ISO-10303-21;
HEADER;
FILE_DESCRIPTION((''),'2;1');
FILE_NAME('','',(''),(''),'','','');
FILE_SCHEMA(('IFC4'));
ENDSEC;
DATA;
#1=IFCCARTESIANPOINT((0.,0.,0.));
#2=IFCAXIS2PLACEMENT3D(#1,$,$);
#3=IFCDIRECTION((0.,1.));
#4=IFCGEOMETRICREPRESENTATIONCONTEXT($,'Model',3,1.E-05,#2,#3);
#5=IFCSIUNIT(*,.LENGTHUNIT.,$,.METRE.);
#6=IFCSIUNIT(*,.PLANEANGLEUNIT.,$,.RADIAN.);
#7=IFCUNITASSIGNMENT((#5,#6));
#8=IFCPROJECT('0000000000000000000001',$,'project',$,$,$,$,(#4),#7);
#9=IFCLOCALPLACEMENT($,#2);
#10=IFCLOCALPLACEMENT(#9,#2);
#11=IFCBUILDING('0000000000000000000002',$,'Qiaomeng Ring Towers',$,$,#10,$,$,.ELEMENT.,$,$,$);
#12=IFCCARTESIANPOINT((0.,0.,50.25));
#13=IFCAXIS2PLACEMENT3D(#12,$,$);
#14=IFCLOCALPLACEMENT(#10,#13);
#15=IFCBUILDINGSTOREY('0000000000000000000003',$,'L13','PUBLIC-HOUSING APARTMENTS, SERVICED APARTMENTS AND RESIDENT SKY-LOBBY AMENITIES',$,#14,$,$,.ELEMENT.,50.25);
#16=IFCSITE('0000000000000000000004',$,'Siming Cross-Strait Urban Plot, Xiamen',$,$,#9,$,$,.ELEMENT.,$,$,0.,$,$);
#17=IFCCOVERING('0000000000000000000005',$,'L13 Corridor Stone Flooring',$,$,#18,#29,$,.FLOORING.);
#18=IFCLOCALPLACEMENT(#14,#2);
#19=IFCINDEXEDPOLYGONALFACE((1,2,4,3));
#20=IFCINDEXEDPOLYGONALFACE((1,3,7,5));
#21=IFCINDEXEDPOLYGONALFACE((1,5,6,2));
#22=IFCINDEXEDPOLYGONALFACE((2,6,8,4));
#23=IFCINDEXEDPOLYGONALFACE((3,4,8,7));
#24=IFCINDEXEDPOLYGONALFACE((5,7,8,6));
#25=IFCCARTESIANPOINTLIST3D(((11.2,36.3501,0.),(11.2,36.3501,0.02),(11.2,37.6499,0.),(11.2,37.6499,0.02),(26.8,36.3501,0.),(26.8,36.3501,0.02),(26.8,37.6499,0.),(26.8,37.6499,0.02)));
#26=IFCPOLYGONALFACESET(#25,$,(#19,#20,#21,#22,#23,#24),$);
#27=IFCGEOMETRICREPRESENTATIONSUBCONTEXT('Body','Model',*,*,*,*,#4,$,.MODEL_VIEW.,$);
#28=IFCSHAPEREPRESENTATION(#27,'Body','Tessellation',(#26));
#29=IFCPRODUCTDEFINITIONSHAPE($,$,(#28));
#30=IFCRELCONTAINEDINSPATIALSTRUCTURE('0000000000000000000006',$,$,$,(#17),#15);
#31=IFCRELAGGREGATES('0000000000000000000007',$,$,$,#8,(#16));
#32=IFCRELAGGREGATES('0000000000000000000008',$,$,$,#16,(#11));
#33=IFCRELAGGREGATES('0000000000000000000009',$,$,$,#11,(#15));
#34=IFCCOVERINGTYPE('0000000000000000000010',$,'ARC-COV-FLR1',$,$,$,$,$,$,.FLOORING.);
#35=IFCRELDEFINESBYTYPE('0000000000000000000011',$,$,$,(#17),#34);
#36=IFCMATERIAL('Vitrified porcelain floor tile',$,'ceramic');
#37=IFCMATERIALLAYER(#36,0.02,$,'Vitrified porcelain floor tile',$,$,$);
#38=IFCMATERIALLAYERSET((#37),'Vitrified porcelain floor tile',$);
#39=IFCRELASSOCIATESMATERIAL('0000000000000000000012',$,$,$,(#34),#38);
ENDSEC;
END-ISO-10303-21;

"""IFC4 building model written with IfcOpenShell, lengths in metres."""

from ifc_helpers import new_model, si_unit, direction, frame, origin, place, context, subcontext, project, spatial, polyline, outline, extrude, material, layer, layer_set, type_object, element, save


model = new_model("IFC4")

# Units and contexts
model_context = context("Model", 3, precision=1e-05, world=origin(), true_north=direction((0.0, 1.0)))
body_context = subcontext(model_context, "Body", "Model", "MODEL_VIEW")
ifc_project = project(units=[si_unit("LENGTHUNIT", "METRE"), si_unit("PLANEANGLEUNIT", "RADIAN")], contexts=[model_context])

# Site, building, storey
site_placement = place(None, origin())
site = spatial("IfcSite", under=ifc_project, at=site_placement, Name="Siming Cross-Strait Urban Plot, Xiamen", CompositionType="ELEMENT", RefElevation=0.0)
building_placement = place(site_placement, origin())
building = spatial("IfcBuilding", under=site, at=building_placement, Name="Qiaomeng Ring Towers", CompositionType="ELEMENT")
storey_placement = place(building_placement, frame((0.0, 0.0, 50.25)))
storey = spatial("IfcBuildingStorey", under=building, at=storey_placement, Name="L13", Description="PUBLIC-HOUSING APARTMENTS, SERVICED APARTMENTS AND RESIDENT SKY-LOBBY AMENITIES", CompositionType="ELEMENT", Elevation=50.25)

# Covering
ifc_material_1 = material(Name="Vitrified porcelain floor tile", Category="ceramic")
ifc_layer_1 = layer(ifc_material_1, 0.02, Name="Vitrified porcelain floor tile")
ifc_layer_set_1 = layer_set([ifc_layer_1], Name="Vitrified porcelain floor tile")
covering_type_1 = type_object("IfcCoveringType", Name="ARC-COV-FLR1", PredefinedType="FLOORING", material=ifc_layer_set_1)
covering_1_placement = place(storey_placement, origin())
element("IfcCovering", 1, at=covering_1_placement, inside=storey, type_object=covering_type_1, Name="L13 Corridor Stone Flooring", PredefinedType="FLOORING", context=body_context, shape_type="SweptSolid", body=[
    extrude(outline(polyline([(11.2, 36.3501), (11.2, 37.6499), (26.8, 37.6499), (26.8, 36.3501), (11.2, 36.3501)])), origin(), (0.0, 0.0, 1.0), 0.02),
])

save(model, "model.ifc")
